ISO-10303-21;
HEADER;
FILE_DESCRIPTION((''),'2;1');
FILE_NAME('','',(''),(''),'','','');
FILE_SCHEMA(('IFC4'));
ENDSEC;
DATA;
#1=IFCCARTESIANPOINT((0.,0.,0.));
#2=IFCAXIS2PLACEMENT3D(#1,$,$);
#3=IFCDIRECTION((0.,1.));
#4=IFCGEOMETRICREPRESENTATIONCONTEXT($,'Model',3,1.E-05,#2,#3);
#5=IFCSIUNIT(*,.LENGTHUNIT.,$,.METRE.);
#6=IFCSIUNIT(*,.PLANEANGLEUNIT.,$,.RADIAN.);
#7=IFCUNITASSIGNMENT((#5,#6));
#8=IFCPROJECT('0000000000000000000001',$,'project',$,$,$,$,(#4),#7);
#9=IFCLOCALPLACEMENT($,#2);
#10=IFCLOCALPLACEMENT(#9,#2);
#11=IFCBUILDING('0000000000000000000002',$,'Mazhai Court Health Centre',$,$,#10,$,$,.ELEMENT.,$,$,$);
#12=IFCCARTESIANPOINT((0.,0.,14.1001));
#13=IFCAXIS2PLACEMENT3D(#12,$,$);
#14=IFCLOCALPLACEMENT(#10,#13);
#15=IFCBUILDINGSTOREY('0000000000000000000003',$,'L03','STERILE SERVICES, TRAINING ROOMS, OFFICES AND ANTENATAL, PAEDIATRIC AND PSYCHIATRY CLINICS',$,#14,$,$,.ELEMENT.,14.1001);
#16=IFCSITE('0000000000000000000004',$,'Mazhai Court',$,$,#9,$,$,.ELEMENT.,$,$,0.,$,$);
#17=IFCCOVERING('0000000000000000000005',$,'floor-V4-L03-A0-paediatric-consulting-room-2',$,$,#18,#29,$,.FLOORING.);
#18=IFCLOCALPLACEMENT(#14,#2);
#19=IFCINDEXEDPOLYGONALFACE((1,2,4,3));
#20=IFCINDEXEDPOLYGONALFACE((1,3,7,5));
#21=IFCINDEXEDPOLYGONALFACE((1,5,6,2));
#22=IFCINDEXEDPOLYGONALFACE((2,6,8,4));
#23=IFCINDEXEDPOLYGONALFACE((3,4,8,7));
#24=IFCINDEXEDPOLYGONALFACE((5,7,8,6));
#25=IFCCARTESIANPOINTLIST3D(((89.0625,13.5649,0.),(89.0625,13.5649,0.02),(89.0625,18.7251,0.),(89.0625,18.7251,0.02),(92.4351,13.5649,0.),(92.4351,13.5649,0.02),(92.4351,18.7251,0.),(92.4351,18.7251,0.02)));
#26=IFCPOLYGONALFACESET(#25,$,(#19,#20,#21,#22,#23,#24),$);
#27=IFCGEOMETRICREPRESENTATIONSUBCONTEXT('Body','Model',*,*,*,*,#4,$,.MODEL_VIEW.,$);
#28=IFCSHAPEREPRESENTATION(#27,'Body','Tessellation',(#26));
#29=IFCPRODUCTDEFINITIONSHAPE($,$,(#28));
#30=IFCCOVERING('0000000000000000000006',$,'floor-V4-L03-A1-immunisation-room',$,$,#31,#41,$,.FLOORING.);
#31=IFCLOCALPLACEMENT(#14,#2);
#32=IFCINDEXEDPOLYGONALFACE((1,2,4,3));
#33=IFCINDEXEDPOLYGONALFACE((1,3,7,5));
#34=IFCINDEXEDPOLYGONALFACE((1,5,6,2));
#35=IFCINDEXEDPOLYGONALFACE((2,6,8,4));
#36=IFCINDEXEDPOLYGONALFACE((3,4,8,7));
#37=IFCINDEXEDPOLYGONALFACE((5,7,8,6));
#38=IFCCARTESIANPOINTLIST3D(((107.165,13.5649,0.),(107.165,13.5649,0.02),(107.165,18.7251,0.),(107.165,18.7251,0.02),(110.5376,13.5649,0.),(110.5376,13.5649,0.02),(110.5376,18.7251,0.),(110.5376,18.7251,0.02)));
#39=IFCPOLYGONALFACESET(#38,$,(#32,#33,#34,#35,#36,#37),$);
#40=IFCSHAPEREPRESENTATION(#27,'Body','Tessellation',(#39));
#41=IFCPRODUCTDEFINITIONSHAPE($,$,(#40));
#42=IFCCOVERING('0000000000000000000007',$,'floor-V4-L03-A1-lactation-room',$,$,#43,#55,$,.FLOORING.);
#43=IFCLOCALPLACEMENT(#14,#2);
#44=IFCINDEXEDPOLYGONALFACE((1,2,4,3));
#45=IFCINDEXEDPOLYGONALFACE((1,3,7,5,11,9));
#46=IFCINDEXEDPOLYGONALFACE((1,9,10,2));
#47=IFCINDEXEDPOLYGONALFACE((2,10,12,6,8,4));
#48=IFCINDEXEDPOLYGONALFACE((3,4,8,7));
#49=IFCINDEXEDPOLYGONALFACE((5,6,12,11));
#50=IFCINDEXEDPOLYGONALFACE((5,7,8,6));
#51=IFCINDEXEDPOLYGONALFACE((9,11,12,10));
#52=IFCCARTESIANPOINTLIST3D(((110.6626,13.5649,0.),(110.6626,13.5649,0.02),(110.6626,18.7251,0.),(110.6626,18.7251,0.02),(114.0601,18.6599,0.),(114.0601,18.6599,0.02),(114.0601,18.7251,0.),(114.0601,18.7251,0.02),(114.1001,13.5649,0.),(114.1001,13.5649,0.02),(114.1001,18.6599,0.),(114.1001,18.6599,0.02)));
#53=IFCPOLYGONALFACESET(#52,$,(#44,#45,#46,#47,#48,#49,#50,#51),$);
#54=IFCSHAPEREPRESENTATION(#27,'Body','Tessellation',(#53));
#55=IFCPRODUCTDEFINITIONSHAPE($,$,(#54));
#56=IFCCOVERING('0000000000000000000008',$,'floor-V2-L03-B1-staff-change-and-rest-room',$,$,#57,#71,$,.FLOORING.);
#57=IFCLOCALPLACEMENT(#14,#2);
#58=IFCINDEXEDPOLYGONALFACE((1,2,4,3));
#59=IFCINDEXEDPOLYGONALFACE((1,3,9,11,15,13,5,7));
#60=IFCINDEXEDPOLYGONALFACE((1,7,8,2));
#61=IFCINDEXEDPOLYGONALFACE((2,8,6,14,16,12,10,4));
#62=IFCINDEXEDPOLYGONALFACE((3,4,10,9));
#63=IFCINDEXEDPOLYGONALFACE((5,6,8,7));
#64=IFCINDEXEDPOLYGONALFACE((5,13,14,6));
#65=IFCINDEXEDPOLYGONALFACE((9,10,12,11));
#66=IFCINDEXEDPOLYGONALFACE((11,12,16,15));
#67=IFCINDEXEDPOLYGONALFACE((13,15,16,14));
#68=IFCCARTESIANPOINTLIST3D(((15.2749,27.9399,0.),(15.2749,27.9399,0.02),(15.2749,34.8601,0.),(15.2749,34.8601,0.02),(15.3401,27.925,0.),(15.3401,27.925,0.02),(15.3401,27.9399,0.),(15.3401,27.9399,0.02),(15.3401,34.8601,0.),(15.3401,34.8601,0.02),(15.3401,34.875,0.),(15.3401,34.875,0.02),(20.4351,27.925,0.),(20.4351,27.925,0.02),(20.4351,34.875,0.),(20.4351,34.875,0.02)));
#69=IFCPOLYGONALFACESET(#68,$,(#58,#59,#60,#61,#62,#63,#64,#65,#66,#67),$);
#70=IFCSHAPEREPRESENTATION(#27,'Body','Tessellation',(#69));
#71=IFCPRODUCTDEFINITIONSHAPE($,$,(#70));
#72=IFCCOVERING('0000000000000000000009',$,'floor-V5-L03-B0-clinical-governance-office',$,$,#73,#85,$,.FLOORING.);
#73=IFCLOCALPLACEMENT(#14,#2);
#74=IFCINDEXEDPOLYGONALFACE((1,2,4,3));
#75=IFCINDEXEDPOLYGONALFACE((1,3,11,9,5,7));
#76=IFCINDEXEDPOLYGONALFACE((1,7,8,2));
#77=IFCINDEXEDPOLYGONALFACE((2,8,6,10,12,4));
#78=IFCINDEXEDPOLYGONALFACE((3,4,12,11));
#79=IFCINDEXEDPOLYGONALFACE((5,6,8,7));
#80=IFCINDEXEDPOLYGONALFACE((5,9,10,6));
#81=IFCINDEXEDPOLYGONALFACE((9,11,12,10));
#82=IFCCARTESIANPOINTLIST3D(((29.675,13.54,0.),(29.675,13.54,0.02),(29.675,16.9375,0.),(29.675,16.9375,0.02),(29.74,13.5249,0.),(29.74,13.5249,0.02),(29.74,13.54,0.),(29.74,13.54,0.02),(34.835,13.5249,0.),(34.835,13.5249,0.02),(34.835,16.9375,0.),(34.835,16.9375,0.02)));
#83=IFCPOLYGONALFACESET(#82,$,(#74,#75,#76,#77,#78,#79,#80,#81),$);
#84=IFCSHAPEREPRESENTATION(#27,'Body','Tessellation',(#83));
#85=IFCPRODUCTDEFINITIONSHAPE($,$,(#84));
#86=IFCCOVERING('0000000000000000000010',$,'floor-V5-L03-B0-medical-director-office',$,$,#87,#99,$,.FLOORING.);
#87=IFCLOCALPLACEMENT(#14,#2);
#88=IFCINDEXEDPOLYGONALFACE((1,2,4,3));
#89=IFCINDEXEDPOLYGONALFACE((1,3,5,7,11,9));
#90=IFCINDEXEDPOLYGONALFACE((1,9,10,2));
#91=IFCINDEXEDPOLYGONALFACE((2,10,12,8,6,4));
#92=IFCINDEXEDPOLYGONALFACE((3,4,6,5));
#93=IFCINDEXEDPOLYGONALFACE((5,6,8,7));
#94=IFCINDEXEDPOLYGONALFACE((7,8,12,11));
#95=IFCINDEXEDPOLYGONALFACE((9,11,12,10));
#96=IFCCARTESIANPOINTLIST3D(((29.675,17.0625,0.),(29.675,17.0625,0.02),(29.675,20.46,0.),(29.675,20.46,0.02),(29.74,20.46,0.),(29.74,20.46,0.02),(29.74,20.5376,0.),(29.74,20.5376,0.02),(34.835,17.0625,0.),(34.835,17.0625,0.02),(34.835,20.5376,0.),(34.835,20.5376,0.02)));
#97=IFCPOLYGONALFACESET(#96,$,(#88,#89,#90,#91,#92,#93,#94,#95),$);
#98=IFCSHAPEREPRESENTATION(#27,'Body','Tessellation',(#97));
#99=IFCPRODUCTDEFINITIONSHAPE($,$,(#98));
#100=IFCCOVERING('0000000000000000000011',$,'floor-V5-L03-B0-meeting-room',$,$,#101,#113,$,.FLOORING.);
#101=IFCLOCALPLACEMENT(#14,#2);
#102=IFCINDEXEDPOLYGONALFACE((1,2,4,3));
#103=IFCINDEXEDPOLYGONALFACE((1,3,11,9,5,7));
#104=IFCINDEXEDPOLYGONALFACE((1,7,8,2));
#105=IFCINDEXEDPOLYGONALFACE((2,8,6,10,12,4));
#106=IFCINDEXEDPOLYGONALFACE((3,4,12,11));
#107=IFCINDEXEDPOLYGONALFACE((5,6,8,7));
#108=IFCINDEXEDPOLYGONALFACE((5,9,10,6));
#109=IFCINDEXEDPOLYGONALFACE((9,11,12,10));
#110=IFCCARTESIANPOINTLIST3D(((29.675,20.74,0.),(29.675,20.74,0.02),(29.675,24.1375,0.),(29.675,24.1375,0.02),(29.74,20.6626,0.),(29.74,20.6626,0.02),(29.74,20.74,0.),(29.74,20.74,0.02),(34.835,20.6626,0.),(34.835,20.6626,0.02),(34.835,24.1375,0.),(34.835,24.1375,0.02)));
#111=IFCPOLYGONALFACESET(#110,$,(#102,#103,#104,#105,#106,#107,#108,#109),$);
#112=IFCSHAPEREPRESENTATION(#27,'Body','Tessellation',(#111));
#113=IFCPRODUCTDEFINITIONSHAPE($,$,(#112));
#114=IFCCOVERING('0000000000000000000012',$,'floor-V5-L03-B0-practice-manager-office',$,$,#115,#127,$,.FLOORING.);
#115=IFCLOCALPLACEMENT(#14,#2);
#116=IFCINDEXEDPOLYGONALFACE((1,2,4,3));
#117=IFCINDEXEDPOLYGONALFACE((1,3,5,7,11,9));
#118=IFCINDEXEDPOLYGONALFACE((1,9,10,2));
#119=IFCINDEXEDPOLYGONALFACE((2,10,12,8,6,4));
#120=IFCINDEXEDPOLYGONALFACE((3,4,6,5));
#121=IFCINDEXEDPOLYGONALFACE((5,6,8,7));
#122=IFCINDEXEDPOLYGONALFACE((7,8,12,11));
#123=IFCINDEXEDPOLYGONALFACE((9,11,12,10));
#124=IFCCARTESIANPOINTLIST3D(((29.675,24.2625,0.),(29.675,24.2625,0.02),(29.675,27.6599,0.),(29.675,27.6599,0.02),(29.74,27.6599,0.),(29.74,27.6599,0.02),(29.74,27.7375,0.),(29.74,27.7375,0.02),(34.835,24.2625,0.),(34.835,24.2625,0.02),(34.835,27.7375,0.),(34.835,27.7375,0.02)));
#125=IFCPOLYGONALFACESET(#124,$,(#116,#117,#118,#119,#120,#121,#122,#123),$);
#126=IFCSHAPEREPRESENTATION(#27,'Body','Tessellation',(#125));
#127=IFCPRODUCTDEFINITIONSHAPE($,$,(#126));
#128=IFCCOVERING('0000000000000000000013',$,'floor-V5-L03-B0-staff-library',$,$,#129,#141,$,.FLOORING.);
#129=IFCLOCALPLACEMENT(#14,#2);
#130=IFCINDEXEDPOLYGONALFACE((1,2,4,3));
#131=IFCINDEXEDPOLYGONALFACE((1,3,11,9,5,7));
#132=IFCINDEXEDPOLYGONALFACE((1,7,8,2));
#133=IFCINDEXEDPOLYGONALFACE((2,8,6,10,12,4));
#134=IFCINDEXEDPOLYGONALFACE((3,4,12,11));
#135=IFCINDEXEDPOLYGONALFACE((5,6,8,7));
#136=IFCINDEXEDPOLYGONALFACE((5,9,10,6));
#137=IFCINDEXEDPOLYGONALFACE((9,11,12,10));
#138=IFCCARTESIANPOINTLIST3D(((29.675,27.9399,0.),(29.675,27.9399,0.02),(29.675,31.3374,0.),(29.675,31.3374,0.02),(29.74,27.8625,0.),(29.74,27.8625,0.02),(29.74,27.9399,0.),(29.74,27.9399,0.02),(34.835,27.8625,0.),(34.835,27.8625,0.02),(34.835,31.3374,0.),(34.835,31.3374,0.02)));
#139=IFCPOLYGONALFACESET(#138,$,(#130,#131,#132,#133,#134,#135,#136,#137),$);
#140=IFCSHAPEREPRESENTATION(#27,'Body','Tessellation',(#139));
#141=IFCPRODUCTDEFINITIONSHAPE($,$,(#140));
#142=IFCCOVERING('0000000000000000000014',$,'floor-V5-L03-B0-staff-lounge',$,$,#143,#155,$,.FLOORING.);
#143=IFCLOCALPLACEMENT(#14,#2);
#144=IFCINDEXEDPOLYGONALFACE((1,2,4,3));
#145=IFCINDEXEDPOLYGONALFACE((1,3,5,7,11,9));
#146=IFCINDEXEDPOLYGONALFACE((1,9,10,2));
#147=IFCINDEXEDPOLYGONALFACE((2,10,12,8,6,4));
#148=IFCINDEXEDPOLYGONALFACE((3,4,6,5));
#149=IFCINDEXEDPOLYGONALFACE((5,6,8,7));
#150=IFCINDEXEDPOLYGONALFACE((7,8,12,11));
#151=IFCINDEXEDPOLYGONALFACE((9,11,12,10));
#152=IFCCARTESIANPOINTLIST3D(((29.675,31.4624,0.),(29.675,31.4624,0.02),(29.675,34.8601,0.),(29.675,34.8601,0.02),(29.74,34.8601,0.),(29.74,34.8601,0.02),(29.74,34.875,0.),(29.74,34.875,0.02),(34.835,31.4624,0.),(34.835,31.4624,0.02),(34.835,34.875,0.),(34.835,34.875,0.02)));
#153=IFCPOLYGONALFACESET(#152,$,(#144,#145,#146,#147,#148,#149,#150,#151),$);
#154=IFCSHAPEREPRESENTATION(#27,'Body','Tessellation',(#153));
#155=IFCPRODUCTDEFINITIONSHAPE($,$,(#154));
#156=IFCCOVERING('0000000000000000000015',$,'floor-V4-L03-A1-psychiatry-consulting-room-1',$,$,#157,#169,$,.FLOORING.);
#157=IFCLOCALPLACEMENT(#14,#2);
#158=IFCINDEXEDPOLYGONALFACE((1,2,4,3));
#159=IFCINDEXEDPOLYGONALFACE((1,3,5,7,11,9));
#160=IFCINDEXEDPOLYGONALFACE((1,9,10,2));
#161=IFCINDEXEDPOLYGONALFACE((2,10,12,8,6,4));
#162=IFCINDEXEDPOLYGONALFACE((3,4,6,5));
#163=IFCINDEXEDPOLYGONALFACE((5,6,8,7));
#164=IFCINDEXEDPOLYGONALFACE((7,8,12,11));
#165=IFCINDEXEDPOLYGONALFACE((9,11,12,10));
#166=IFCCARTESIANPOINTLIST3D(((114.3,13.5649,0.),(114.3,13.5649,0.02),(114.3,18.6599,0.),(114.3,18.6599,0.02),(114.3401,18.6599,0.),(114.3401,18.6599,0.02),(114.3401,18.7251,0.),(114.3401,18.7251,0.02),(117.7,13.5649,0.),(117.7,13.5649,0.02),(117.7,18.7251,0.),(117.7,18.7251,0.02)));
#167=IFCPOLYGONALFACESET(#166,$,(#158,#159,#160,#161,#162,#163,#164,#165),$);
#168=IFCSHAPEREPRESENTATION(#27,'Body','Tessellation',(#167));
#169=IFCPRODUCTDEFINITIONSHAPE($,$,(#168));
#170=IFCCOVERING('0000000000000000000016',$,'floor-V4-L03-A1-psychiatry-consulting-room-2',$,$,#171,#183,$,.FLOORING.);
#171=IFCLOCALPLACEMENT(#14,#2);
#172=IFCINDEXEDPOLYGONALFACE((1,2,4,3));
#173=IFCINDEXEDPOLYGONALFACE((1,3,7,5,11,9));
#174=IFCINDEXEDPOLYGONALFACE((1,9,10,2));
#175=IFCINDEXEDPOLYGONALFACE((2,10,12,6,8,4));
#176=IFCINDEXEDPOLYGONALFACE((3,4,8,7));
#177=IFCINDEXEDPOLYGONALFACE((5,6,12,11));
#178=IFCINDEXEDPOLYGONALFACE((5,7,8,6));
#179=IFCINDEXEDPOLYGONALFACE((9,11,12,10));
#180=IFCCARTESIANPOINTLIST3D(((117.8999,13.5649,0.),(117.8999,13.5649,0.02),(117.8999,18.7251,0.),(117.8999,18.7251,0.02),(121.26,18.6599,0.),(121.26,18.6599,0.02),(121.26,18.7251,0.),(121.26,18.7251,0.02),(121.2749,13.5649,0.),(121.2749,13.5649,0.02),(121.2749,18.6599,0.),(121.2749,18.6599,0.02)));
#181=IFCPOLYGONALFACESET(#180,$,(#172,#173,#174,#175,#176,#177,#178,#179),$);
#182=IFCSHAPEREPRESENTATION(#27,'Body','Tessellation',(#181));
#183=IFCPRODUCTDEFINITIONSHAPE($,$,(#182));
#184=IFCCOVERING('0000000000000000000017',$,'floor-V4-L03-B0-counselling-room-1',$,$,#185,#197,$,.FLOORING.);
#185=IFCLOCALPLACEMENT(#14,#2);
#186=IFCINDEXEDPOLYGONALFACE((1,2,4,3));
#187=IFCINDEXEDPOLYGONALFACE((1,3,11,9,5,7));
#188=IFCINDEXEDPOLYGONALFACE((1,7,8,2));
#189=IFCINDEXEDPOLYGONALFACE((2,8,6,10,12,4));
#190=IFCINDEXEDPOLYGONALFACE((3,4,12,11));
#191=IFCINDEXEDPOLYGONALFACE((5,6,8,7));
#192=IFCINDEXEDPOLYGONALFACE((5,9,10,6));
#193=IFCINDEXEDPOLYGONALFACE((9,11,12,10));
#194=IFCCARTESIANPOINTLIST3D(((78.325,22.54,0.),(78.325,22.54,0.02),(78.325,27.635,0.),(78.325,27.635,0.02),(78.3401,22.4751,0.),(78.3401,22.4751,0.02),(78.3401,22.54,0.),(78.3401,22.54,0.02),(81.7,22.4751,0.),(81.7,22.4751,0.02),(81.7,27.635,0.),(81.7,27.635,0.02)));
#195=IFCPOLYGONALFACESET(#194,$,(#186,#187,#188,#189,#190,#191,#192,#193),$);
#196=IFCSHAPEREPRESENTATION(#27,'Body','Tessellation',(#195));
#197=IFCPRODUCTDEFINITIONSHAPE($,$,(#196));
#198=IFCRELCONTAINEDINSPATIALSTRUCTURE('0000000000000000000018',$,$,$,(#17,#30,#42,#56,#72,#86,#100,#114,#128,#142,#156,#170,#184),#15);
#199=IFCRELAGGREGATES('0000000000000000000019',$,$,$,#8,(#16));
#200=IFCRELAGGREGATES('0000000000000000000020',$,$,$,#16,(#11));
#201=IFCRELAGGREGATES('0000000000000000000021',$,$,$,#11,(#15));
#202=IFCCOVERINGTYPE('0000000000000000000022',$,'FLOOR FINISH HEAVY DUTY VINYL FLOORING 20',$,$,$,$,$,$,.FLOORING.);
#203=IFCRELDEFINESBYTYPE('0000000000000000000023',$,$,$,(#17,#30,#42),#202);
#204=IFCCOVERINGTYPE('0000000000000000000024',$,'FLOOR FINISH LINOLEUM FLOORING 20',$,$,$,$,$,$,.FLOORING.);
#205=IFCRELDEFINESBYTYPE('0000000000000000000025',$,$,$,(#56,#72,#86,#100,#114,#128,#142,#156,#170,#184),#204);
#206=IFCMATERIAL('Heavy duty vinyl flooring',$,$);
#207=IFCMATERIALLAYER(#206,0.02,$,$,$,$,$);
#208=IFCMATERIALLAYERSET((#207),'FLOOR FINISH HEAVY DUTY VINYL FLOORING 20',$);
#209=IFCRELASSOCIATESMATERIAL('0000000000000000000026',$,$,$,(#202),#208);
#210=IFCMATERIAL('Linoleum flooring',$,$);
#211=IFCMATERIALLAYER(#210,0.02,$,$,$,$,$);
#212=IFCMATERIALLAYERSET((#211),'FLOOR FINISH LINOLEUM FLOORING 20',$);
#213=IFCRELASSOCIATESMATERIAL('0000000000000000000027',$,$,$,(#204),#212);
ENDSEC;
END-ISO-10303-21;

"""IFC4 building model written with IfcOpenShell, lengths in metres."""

from ifc_helpers import new_model, si_unit, direction, frame, origin, place, context, subcontext, project, spatial, polyline, outline, extrude, material, layer, layer_set, type_object, element, save


model = new_model("IFC4")

# Units and contexts
model_context = context("Model", 3, precision=1e-05, world=origin(), true_north=direction((0.0, 1.0)))
body_context = subcontext(model_context, "Body", "Model", "MODEL_VIEW")
ifc_project = project(units=[si_unit("LENGTHUNIT", "METRE"), si_unit("PLANEANGLEUNIT", "RADIAN")], contexts=[model_context])

# Site, building, storey
site_placement = place(None, origin())
site = spatial("IfcSite", under=ifc_project, at=site_placement, Name="Mazhai Court", CompositionType="ELEMENT", RefElevation=0.0)
building_placement = place(site_placement, origin())
building = spatial("IfcBuilding", under=site, at=building_placement, Name="Mazhai Court Health Centre", CompositionType="ELEMENT")
storey_placement = place(building_placement, frame((0.0, 0.0, 14.1001)))
storey = spatial("IfcBuildingStorey", under=building, at=storey_placement, Name="L03", Description="STERILE SERVICES, TRAINING ROOMS, OFFICES AND ANTENATAL, PAEDIATRIC AND PSYCHIATRY CLINICS", CompositionType="ELEMENT", Elevation=14.1001)

# Coverings
ifc_material_1 = material(Name="Heavy duty vinyl flooring")
ifc_layer_1 = layer(ifc_material_1, 0.02)
ifc_layer_set_1 = layer_set([ifc_layer_1], Name="FLOOR FINISH HEAVY DUTY VINYL FLOORING 20")
covering_type_1 = type_object("IfcCoveringType", Name="FLOOR FINISH HEAVY DUTY VINYL FLOORING 20", PredefinedType="FLOORING", material=ifc_layer_set_1)
covering_1_placement = place(storey_placement, origin())
element("IfcCovering", 1, at=covering_1_placement, inside=storey, type_object=covering_type_1, Name="floor-V4-L03-A0-paediatric-consulting-room-2", PredefinedType="FLOORING", context=body_context, shape_type="SweptSolid", body=[
    extrude(outline(polyline([(92.4351, 13.5649), (92.4351, 18.7251), (89.0625, 18.7251), (89.0625, 13.5649), (92.4351, 13.5649)])), origin(), (0.0, 0.0, 1.0), 0.02),
])
covering_2_placement = place(storey_placement, origin())
element("IfcCovering", 2, at=covering_2_placement, inside=storey, type_object=covering_type_1, Name="floor-V4-L03-A1-immunisation-room", PredefinedType="FLOORING", context=body_context, shape_type="SweptSolid", body=[
    extrude(outline(polyline([(110.5376, 13.5649), (110.5376, 18.7251), (107.165, 18.7251), (107.165, 13.5649), (110.5376, 13.5649)])), origin(), (0.0, 0.0, 1.0), 0.02),
])
covering_3_placement = place(storey_placement, origin())
element("IfcCovering", 3, at=covering_3_placement, inside=storey, type_object=covering_type_1, Name="floor-V4-L03-A1-lactation-room", PredefinedType="FLOORING", context=body_context, shape_type="SweptSolid", body=[
    extrude(outline(polyline([(114.1001, 18.6599), (114.0601, 18.6599), (114.0601, 18.7251), (110.6626, 18.7251), (110.6626, 13.5649), (114.1001, 13.5649), (114.1001, 18.6599)])), origin(), (0.0, 0.0, 1.0), 0.02),
])
ifc_material_2 = material(Name="Linoleum flooring")
ifc_layer_2 = layer(ifc_material_2, 0.02)
ifc_layer_set_2 = layer_set([ifc_layer_2], Name="FLOOR FINISH LINOLEUM FLOORING 20")
covering_type_2 = type_object("IfcCoveringType", Name="FLOOR FINISH LINOLEUM FLOORING 20", PredefinedType="FLOORING", material=ifc_layer_set_2)
covering_4_placement = place(storey_placement, origin())
element("IfcCovering", 4, at=covering_4_placement, inside=storey, type_object=covering_type_2, Name="floor-V2-L03-B1-staff-change-and-rest-room", PredefinedType="FLOORING", context=body_context, shape_type="SweptSolid", body=[
    extrude(outline(polyline([(15.3401, 34.875), (15.3401, 34.8601), (15.2749, 34.8601), (15.2749, 27.9399), (15.3401, 27.9399), (15.3401, 27.925), (20.4351, 27.925), (20.4351, 34.875), (15.3401, 34.875)])), origin(), (0.0, 0.0, 1.0), 0.02),
])
covering_5_placement = place(storey_placement, origin())
element("IfcCovering", 5, at=covering_5_placement, inside=storey, type_object=covering_type_2, Name="floor-V5-L03-B0-clinical-governance-office", PredefinedType="FLOORING", context=body_context, shape_type="SweptSolid", body=[
    extrude(outline(polyline([(29.675, 13.54), (29.74, 13.54), (29.74, 13.5249), (34.835, 13.5249), (34.835, 16.9375), (29.675, 16.9375), (29.675, 13.54)])), origin(), (0.0, 0.0, 1.0), 0.02),
])
covering_6_placement = place(storey_placement, origin())
element("IfcCovering", 6, at=covering_6_placement, inside=storey, type_object=covering_type_2, Name="floor-V5-L03-B0-medical-director-office", PredefinedType="FLOORING", context=body_context, shape_type="SweptSolid", body=[
    extrude(outline(polyline([(29.74, 20.5376), (29.74, 20.46), (29.675, 20.46), (29.675, 17.0625), (34.835, 17.0625), (34.835, 20.5376), (29.74, 20.5376)])), origin(), (0.0, 0.0, 1.0), 0.02),
])
covering_7_placement = place(storey_placement, origin())
element("IfcCovering", 7, at=covering_7_placement, inside=storey, type_object=covering_type_2, Name="floor-V5-L03-B0-meeting-room", PredefinedType="FLOORING", context=body_context, shape_type="SweptSolid", body=[
    extrude(outline(polyline([(29.675, 20.74), (29.74, 20.74), (29.74, 20.6626), (34.835, 20.6626), (34.835, 24.1375), (29.675, 24.1375), (29.675, 20.74)])), origin(), (0.0, 0.0, 1.0), 0.02),
])
covering_8_placement = place(storey_placement, origin())
element("IfcCovering", 8, at=covering_8_placement, inside=storey, type_object=covering_type_2, Name="floor-V5-L03-B0-practice-manager-office", PredefinedType="FLOORING", context=body_context, shape_type="SweptSolid", body=[
    extrude(outline(polyline([(29.74, 27.7375), (29.74, 27.6599), (29.675, 27.6599), (29.675, 24.2625), (34.835, 24.2625), (34.835, 27.7375), (29.74, 27.7375)])), origin(), (0.0, 0.0, 1.0), 0.02),
])
covering_9_placement = place(storey_placement, origin())
element("IfcCovering", 9, at=covering_9_placement, inside=storey, type_object=covering_type_2, Name="floor-V5-L03-B0-staff-library", PredefinedType="FLOORING", context=body_context, shape_type="SweptSolid", body=[
    extrude(outline(polyline([(29.675, 27.9399), (29.74, 27.9399), (29.74, 27.8625), (34.835, 27.8625), (34.835, 31.3374), (29.675, 31.3374), (29.675, 27.9399)])), origin(), (0.0, 0.0, 1.0), 0.02),
])
covering_10_placement = place(storey_placement, origin())
element("IfcCovering", 10, at=covering_10_placement, inside=storey, type_object=covering_type_2, Name="floor-V5-L03-B0-staff-lounge", PredefinedType="FLOORING", context=body_context, shape_type="SweptSolid", body=[
    extrude(outline(polyline([(29.74, 34.875), (29.74, 34.8601), (29.675, 34.8601), (29.675, 31.4624), (34.835, 31.4624), (34.835, 34.875), (29.74, 34.875)])), origin(), (0.0, 0.0, 1.0), 0.02),
])
covering_11_placement = place(storey_placement, origin())
element("IfcCovering", 11, at=covering_11_placement, inside=storey, type_object=covering_type_2, Name="floor-V4-L03-A1-psychiatry-consulting-room-1", PredefinedType="FLOORING", context=body_context, shape_type="SweptSolid", body=[
    extrude(outline(polyline([(114.3401, 18.7251), (114.3401, 18.6599), (114.3, 18.6599), (114.3, 13.5649), (117.7, 13.5649), (117.7, 18.7251), (114.3401, 18.7251)])), origin(), (0.0, 0.0, 1.0), 0.02),
])
covering_12_placement = place(storey_placement, origin())
element("IfcCovering", 12, at=covering_12_placement, inside=storey, type_object=covering_type_2, Name="floor-V4-L03-A1-psychiatry-consulting-room-2", PredefinedType="FLOORING", context=body_context, shape_type="SweptSolid", body=[
    extrude(outline(polyline([(121.2749, 18.6599), (121.26, 18.6599), (121.26, 18.7251), (117.8999, 18.7251), (117.8999, 13.5649), (121.2749, 13.5649), (121.2749, 18.6599)])), origin(), (0.0, 0.0, 1.0), 0.02),
])
covering_13_placement = place(storey_placement, origin())
element("IfcCovering", 13, at=covering_13_placement, inside=storey, type_object=covering_type_2, Name="floor-V4-L03-B0-counselling-room-1", PredefinedType="FLOORING", context=body_context, shape_type="SweptSolid", body=[
    extrude(outline(polyline([(78.325, 22.54), (78.3401, 22.54), (78.3401, 22.4751), (81.7, 22.4751), (81.7, 27.635), (78.325, 27.635), (78.325, 22.54)])), origin(), (0.0, 0.0, 1.0), 0.02),
])

save(model, "model.ifc")
